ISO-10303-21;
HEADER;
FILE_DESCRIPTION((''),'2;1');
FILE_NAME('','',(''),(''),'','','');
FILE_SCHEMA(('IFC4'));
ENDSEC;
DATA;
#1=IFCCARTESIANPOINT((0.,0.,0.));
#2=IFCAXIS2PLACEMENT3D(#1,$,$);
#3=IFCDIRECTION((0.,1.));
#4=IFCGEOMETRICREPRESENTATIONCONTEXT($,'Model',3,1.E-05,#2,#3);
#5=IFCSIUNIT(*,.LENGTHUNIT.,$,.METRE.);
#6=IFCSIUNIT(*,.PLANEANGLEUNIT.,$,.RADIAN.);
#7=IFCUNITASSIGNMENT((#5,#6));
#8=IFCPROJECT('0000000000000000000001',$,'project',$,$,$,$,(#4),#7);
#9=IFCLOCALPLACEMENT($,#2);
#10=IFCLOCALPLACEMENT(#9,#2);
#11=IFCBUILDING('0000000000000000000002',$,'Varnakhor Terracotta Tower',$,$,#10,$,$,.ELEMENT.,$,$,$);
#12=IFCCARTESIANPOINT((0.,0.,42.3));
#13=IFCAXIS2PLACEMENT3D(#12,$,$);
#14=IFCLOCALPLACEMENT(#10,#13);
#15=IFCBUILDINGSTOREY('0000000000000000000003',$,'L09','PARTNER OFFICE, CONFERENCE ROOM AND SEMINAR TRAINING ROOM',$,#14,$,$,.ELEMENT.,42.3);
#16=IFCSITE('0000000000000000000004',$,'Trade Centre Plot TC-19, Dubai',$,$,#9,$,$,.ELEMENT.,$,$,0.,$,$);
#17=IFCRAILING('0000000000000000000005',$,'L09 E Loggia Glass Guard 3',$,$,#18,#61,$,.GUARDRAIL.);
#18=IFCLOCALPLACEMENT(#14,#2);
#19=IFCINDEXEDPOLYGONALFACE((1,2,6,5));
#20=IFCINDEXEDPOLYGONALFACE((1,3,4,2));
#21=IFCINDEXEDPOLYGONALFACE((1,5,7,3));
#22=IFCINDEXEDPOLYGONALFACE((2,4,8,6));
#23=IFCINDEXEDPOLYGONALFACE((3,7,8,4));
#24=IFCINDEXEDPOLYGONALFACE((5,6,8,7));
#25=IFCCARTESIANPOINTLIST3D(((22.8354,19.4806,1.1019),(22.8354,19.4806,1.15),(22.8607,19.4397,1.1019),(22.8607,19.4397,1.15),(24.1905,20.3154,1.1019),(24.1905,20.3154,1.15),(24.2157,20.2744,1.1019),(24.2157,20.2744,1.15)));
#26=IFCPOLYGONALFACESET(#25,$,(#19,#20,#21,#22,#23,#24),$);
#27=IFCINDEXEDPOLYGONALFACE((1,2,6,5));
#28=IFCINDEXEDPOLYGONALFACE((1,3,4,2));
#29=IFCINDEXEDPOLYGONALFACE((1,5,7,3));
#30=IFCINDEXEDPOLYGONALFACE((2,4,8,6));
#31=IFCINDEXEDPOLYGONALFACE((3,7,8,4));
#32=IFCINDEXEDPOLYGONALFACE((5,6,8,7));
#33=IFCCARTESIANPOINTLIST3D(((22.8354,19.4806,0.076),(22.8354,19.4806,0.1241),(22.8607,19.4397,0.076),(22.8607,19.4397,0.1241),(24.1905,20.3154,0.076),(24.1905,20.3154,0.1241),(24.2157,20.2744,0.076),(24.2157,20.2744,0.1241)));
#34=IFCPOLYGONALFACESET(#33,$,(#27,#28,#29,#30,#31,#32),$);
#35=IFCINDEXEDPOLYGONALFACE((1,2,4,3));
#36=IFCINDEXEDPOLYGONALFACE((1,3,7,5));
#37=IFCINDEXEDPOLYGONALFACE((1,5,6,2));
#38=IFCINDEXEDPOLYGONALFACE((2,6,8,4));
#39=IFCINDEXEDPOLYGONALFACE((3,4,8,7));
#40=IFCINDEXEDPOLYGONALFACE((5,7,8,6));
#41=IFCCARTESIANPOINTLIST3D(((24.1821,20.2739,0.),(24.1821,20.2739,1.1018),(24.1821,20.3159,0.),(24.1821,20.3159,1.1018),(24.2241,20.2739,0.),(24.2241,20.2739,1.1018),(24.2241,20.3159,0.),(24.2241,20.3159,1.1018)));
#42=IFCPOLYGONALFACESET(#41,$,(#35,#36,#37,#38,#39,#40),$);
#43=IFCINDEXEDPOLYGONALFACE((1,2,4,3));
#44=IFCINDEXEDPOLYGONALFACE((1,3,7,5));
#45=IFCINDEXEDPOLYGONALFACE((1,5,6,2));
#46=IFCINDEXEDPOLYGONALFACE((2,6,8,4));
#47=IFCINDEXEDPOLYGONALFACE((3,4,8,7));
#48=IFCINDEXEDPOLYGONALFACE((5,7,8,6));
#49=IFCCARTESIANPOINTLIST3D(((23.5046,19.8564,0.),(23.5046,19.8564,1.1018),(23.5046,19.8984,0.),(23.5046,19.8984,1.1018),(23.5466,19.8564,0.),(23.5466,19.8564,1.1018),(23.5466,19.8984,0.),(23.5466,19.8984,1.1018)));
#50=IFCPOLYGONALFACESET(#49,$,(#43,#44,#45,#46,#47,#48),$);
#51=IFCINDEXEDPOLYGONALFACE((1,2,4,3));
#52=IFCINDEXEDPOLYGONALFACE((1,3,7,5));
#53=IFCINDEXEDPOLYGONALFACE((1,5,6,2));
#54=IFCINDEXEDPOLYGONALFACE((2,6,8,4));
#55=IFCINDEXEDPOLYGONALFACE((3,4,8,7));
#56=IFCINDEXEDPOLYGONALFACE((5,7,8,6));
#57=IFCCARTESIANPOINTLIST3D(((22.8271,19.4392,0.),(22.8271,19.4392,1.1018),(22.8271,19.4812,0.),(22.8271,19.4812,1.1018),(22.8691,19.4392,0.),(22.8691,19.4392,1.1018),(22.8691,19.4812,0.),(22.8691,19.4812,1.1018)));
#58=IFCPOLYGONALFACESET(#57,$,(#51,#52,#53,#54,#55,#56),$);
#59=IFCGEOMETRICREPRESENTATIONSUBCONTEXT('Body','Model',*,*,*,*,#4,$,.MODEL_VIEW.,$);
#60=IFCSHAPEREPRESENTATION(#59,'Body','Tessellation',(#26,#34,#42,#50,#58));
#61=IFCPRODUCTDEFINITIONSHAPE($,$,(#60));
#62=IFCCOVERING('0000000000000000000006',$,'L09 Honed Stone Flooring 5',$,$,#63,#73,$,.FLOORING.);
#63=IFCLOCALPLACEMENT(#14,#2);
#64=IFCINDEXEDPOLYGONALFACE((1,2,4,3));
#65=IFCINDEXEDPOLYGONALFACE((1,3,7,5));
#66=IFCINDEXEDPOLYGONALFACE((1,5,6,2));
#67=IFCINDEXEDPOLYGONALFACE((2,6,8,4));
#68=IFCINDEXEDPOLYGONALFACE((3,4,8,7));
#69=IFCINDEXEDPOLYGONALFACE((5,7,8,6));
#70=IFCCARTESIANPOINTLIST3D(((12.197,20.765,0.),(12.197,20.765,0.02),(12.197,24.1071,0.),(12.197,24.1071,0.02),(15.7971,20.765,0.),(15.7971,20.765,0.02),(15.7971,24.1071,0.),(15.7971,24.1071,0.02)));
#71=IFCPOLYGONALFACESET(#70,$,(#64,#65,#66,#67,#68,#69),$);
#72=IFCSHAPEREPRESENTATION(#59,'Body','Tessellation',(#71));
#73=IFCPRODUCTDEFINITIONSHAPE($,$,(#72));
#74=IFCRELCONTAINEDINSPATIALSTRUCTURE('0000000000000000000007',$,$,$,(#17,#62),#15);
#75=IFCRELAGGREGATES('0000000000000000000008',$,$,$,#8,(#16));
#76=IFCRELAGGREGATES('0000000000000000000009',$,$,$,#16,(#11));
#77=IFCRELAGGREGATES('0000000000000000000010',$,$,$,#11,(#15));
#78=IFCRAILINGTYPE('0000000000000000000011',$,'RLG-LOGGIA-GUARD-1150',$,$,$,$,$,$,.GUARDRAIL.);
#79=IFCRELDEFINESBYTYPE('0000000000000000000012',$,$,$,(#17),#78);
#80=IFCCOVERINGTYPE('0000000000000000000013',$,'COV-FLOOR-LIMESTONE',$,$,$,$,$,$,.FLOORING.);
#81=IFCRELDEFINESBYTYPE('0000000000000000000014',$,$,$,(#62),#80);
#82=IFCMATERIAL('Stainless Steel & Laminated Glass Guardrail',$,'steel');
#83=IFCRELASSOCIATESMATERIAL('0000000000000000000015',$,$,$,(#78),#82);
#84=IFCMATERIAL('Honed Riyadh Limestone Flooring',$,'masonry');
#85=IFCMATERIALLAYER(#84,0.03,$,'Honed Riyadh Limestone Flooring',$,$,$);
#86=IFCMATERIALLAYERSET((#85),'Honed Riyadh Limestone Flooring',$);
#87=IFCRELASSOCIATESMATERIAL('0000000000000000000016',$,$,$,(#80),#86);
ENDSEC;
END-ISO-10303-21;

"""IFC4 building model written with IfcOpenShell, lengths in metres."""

from ifc_helpers import new_model, si_unit, direction, frame, origin, origin_2d, place, context, subcontext, project, spatial, rectangle, extrude, source, transform, mapped, material, layer, layer_set, type_object, element, save


model = new_model("IFC4")

# Units and contexts
model_context = context("Model", 3, precision=1e-05, world=origin(), true_north=direction((0.0, 1.0)))
body_context = subcontext(model_context, "Body", "Model", "MODEL_VIEW")
ifc_project = project(units=[si_unit("LENGTHUNIT", "METRE"), si_unit("PLANEANGLEUNIT", "RADIAN")], contexts=[model_context])

# Site, building, storey
site_placement = place(None, origin())
site = spatial("IfcSite", under=ifc_project, at=site_placement, Name="Trade Centre Plot TC-19, Dubai", CompositionType="ELEMENT", RefElevation=0.0)
building_placement = place(site_placement, origin())
building = spatial("IfcBuilding", under=site, at=building_placement, Name="Varnakhor Terracotta Tower", CompositionType="ELEMENT")
storey_placement = place(building_placement, frame((0.0, 0.0, 42.3)))
storey = spatial("IfcBuildingStorey", under=building, at=storey_placement, Name="L09", Description="PARTNER OFFICE, CONFERENCE ROOM AND SEMINAR TRAINING ROOM", CompositionType="ELEMENT", Elevation=42.3)

# Railing
ifc_material_1 = material(Name="Stainless Steel & Laminated Glass Guardrail", Category="steel")
railing_type = type_object("IfcRailingType", Name="RLG-LOGGIA-GUARD-1150", PredefinedType="GUARDRAIL", material=ifc_material_1)
railing_1_placement = place(storey_placement, frame((24.2031, 20.2949, 0.0)))
element("IfcRailing", 1, at=railing_1_placement, inside=storey, type_object=railing_type, Name="L09 E Loggia Glass Guard 3", PredefinedType="GUARDRAIL", context=body_context, shape_type="SweptSolid", body=[
    extrude(rectangle(XDim=0.0481, YDim=0.0481, at=origin_2d()), frame((0.0, 0.0, 1.126), z_axis=(-0.851411, -0.5245, 0.0), x_axis=(0.5245, -0.851411, 0.0)), (0.0, 0.0, 1.0), 1.5916),
    extrude(rectangle(XDim=0.0481, YDim=0.0481, at=origin_2d()), frame((0.0, 0.0, 0.1001), z_axis=(-0.851411, -0.5245, 0.0), x_axis=(0.5245, -0.851411, 0.0)), (0.0, 0.0, 1.0), 1.5916),
    extrude(rectangle(XDim=0.042, YDim=0.042, at=origin_2d()), origin(), (0.0, 0.0, 1.0), 1.1018),
    extrude(rectangle(XDim=0.042, YDim=0.042, at=origin_2d()), frame((-0.6775, -0.4175, 0.0)), (0.0, 0.0, 1.0), 1.1018),
    extrude(rectangle(XDim=0.042, YDim=0.042, at=origin_2d()), frame((-1.355, -0.8347, 0.0)), (0.0, 0.0, 1.0), 1.1018),
])

# Covering
ifc_material_2 = material(Name="Honed Riyadh Limestone Flooring", Category="masonry")
ifc_layer_1 = layer(ifc_material_2, 0.03, Name="Honed Riyadh Limestone Flooring")
ifc_layer_set_1 = layer_set([ifc_layer_1], Name="Honed Riyadh Limestone Flooring")
covering_type = type_object("IfcCoveringType", Name="COV-FLOOR-LIMESTONE", PredefinedType="FLOORING", material=ifc_layer_set_1)
shared_shape_1 = source(origin(), body_context, "Body", "SweptSolid", [
    extrude(rectangle(XDim=3.6001, YDim=3.342, at=origin_2d()), origin(), (0.0, 0.0, 1.0), 0.02),
])
covering_placement = place(storey_placement, frame((13.9971, 22.436, 0.0), z_axis=(0.0, 0.0, 1.0), x_axis=(1.0, 0.0, 0.0)))
element("IfcCovering", 2, at=covering_placement, inside=storey, type_object=covering_type, Name="L09 Honed Stone Flooring 5", PredefinedType="FLOORING", context=body_context, shape_type="MappedRepresentation", body=[
    mapped(shared_shape_1, transform((0.0, 0.0, 0.0), scale=1.0)),
])

save(model, "model.ifc")
